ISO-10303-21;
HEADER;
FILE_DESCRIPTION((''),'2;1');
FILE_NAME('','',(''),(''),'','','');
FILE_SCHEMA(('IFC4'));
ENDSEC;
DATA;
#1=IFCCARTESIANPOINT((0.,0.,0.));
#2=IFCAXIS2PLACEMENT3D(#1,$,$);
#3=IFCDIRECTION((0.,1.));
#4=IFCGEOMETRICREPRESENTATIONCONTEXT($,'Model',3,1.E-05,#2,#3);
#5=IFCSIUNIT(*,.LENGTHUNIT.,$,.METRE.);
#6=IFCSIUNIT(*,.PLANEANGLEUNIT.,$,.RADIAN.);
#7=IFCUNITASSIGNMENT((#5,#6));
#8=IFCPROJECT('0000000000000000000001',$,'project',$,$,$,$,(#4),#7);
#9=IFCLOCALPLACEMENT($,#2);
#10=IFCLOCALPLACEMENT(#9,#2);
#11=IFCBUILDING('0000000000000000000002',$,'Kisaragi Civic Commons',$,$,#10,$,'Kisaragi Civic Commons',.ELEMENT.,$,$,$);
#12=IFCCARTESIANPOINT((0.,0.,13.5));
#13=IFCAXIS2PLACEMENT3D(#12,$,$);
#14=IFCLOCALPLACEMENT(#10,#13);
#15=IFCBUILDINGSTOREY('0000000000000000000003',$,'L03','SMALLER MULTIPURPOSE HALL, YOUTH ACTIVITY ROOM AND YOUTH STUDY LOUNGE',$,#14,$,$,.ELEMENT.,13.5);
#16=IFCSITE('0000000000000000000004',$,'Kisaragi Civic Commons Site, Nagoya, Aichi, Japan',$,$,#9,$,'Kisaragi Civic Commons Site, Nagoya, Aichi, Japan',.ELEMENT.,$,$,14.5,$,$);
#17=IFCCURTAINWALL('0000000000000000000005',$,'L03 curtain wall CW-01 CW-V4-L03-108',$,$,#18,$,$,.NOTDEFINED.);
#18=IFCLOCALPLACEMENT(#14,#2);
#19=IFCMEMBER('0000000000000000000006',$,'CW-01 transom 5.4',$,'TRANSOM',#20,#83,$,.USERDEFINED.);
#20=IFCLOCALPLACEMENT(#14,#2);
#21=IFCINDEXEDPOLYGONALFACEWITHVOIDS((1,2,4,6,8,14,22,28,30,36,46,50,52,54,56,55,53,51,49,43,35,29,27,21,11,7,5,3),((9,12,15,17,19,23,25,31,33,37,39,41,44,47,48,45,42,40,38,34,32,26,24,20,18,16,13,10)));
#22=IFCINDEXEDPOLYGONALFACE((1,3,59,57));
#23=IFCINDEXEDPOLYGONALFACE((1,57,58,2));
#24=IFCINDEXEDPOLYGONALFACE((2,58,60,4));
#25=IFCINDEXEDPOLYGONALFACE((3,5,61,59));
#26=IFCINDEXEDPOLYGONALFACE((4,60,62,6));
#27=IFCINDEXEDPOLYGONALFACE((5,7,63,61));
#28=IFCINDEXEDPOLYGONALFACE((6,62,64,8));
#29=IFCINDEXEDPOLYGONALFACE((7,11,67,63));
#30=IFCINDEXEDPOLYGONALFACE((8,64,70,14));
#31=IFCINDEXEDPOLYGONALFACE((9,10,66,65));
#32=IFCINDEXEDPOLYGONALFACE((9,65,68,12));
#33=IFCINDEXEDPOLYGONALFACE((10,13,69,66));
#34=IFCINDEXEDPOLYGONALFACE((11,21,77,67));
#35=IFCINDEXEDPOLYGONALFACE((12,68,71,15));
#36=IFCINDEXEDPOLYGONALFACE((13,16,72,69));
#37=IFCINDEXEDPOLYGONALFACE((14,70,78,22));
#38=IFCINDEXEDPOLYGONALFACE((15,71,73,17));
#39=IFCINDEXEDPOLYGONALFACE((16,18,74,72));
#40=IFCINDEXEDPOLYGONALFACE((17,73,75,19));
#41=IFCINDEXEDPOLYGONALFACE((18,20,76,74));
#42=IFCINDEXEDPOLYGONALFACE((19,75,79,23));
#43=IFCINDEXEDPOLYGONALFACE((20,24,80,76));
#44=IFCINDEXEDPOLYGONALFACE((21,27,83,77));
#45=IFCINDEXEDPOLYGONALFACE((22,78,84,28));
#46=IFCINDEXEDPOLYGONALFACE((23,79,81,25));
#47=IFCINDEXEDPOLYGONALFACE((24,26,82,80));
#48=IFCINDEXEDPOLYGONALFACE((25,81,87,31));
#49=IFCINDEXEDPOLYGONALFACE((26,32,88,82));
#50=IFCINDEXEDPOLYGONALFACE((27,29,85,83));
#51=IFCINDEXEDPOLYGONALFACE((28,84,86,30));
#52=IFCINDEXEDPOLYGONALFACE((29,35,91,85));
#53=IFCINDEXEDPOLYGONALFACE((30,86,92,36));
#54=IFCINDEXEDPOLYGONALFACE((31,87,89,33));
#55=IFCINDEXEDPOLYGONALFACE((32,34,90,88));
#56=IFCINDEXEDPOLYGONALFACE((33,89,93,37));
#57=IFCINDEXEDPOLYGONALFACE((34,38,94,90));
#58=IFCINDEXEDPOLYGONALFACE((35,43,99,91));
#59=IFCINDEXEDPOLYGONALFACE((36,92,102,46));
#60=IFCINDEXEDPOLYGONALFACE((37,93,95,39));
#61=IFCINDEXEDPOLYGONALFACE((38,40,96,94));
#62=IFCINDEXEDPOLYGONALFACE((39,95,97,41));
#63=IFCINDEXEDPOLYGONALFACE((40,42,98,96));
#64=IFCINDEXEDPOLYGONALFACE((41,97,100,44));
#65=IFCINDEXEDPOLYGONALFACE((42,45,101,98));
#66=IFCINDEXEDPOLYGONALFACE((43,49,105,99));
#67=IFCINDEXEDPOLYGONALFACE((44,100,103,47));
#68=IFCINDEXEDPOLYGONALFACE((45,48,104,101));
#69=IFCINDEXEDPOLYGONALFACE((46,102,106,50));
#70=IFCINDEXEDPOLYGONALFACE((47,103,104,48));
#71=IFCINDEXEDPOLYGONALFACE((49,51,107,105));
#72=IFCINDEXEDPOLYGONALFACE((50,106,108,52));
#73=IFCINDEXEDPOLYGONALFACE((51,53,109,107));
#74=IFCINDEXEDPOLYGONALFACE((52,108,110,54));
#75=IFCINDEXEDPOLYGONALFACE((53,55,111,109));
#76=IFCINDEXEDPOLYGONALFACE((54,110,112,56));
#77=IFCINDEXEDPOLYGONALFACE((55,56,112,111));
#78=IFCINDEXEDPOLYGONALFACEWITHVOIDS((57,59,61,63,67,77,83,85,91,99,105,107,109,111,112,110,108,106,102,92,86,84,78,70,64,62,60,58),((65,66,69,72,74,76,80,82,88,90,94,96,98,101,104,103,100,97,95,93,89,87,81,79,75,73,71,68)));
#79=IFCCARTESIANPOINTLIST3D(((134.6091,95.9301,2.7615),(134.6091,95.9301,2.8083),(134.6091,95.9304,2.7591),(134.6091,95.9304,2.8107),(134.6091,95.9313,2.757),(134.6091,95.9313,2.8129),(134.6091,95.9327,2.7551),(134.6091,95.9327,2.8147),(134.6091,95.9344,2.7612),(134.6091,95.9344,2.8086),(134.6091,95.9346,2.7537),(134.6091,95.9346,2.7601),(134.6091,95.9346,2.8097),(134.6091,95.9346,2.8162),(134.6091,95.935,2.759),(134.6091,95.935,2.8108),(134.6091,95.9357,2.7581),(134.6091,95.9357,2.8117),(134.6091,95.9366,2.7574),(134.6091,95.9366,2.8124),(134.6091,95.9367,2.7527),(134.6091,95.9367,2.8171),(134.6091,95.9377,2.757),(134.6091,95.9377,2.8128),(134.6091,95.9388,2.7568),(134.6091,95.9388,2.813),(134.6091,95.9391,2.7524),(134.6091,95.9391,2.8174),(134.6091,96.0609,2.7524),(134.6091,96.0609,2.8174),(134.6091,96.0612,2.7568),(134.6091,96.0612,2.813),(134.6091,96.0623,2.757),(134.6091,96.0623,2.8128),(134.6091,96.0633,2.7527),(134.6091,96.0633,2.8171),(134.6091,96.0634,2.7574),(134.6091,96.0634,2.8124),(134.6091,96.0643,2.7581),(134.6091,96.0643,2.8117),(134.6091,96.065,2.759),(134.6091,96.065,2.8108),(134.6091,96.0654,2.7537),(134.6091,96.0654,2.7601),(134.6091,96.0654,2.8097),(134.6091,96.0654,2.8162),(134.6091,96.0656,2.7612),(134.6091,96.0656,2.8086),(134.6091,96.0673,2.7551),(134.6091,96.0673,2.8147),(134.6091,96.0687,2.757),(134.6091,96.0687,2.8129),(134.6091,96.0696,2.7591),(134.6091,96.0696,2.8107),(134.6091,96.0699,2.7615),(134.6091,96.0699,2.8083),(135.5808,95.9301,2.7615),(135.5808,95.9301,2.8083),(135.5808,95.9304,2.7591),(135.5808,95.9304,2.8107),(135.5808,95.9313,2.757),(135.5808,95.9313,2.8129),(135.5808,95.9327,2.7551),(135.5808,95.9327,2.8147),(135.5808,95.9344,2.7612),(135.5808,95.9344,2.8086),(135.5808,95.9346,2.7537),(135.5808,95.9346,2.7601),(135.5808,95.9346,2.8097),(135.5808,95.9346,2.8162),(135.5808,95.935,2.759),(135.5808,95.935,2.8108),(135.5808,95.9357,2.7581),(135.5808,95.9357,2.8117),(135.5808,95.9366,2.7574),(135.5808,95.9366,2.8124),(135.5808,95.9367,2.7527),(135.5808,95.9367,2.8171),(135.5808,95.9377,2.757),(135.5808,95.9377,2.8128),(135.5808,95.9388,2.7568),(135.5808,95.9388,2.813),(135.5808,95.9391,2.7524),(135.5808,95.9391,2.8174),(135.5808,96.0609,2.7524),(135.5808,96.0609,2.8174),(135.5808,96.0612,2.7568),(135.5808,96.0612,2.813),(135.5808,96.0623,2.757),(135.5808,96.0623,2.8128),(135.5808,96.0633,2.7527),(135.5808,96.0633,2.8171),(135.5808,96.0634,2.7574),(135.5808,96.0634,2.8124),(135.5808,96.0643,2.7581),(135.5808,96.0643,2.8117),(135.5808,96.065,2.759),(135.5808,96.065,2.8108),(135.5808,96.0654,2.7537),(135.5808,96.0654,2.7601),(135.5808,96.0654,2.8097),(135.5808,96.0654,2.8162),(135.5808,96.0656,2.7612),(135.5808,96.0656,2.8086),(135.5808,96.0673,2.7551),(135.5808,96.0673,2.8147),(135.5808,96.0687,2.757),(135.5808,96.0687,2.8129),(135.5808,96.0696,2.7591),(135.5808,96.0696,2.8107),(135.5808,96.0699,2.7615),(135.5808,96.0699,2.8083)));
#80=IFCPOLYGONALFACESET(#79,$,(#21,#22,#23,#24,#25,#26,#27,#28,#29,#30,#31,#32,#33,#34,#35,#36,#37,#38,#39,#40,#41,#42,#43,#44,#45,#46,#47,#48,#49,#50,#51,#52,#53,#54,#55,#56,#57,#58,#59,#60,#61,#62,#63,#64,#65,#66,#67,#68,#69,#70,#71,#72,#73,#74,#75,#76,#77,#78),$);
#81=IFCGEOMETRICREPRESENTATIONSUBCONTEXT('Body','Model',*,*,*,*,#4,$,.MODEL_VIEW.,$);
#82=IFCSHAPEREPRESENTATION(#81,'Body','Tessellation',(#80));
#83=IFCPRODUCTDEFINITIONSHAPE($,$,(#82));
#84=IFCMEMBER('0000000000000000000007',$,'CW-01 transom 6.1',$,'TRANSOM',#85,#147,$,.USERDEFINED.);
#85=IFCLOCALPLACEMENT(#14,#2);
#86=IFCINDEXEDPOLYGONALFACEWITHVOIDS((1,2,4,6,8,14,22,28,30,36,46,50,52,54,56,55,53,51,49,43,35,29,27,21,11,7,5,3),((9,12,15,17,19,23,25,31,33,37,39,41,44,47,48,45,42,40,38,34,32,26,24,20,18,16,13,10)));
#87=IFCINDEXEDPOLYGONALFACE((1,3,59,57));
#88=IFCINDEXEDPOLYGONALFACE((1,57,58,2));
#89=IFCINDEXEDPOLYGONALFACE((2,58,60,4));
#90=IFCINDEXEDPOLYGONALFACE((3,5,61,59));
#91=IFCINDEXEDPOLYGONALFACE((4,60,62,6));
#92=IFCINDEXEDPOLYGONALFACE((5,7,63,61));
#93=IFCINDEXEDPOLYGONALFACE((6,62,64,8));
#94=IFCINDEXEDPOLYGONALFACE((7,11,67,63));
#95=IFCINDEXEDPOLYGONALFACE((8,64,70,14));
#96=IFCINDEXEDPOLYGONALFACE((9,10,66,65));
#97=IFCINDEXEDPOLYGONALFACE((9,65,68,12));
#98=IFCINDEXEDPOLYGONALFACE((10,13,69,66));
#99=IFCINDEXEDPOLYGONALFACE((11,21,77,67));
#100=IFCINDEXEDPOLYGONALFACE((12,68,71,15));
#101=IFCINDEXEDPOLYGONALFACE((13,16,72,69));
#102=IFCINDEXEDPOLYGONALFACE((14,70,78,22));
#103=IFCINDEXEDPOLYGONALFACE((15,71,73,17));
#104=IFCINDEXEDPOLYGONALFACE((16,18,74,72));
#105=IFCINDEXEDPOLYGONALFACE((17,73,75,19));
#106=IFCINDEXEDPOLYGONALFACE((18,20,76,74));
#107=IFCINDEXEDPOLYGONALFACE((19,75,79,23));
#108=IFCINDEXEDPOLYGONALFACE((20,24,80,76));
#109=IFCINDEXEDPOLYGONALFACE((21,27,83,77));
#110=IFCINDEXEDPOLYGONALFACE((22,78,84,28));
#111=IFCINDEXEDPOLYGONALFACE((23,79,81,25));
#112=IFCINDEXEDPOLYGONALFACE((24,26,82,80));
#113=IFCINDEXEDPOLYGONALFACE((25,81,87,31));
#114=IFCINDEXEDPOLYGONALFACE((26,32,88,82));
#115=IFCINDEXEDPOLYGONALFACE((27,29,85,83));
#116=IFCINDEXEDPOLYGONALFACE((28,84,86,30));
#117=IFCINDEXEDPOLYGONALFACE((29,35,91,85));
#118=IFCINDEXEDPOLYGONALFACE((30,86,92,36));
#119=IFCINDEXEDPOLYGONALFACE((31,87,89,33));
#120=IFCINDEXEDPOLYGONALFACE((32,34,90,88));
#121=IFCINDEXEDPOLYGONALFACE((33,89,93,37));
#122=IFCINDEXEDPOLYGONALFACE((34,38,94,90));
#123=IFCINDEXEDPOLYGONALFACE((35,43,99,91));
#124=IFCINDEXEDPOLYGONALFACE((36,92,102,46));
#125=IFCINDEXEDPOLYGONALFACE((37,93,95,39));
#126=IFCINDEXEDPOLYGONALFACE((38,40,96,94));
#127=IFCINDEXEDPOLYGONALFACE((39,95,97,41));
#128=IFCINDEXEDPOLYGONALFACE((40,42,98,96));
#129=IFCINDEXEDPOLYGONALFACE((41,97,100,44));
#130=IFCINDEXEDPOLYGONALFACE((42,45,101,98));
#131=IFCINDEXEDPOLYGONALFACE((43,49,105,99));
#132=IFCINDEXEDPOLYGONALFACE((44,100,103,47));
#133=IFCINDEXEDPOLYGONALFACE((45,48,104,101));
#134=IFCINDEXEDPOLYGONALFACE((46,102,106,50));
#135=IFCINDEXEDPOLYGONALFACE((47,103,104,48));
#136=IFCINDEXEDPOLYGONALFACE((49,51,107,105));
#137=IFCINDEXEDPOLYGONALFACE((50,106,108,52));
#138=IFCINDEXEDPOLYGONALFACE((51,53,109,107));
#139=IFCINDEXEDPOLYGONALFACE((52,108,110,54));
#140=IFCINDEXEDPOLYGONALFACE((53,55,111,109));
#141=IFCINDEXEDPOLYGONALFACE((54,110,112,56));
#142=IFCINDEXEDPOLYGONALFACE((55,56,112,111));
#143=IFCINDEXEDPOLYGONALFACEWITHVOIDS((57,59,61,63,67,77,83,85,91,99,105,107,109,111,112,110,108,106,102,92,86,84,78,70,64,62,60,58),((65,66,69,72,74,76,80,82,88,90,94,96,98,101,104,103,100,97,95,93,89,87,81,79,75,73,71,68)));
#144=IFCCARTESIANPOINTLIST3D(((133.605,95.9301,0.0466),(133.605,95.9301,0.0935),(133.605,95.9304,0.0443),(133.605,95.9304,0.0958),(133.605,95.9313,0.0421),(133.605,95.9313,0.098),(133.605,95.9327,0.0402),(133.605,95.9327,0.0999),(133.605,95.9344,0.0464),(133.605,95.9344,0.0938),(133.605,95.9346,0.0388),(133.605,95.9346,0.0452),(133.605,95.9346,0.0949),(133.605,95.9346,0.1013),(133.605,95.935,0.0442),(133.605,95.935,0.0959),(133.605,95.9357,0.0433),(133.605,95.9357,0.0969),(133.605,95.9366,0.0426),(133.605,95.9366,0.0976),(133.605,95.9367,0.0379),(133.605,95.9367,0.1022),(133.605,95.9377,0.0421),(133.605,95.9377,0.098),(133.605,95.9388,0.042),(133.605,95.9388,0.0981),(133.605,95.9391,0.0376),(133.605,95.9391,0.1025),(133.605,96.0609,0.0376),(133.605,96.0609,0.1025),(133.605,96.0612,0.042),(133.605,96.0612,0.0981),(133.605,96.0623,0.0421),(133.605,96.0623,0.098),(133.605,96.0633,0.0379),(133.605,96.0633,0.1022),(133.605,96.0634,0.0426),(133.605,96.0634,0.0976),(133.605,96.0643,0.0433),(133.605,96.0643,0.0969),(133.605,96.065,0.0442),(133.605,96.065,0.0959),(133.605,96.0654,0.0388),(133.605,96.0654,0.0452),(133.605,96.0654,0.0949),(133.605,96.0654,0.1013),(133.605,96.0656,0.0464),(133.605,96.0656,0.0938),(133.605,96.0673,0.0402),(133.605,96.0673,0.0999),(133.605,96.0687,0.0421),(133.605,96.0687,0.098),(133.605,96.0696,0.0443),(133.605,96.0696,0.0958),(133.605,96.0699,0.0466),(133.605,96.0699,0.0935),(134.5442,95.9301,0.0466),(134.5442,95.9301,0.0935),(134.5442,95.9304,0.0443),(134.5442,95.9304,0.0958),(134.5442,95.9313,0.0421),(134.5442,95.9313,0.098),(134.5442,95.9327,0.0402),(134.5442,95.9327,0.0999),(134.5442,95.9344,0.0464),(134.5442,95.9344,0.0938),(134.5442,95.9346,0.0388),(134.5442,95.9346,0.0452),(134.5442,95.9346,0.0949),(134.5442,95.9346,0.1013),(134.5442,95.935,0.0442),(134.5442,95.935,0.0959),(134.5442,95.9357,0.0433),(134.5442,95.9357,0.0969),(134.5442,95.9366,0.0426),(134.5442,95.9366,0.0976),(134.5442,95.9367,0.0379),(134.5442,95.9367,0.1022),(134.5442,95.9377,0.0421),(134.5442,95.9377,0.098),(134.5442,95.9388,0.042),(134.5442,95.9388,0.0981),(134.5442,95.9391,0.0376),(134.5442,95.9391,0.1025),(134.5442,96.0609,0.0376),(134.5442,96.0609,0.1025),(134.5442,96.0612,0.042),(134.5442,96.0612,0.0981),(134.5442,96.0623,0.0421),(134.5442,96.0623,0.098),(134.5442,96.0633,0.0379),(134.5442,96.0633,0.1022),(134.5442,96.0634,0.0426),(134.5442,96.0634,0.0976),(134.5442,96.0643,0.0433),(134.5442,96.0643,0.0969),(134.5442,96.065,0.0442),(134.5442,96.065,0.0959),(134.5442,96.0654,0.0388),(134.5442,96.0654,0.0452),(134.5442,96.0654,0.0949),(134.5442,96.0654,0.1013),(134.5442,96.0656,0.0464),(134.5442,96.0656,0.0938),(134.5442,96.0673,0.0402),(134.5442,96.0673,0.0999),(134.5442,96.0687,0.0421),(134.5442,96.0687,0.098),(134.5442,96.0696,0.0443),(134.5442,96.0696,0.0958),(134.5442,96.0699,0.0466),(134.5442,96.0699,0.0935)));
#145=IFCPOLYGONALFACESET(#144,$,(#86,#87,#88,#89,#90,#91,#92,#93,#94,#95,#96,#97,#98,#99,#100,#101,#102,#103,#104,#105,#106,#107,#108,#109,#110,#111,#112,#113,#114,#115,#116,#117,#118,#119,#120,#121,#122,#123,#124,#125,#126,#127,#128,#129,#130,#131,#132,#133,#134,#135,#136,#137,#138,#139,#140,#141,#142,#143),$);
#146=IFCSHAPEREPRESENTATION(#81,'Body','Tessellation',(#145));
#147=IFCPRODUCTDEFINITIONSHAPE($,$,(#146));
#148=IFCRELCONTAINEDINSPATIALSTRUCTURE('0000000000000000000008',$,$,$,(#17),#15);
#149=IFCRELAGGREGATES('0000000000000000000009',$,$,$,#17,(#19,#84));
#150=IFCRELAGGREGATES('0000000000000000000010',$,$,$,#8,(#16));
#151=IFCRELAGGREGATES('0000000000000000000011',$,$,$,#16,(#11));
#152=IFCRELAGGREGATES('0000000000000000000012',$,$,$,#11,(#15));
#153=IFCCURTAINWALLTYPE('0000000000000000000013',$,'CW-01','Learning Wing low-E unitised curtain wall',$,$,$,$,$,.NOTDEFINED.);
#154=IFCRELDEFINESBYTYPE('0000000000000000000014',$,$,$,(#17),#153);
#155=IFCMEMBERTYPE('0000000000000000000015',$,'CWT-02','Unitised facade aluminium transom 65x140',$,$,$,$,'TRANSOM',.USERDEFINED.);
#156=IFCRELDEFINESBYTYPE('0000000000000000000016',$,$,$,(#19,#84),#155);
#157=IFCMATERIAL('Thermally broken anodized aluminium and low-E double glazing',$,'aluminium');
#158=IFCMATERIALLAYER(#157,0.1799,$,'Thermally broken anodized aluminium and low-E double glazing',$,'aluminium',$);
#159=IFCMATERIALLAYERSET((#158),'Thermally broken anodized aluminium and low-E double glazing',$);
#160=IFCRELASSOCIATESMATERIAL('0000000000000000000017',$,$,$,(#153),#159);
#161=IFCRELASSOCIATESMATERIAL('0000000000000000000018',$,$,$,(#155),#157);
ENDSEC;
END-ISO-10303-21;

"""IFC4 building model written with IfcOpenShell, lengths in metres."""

from ifc_helpers import new_model, si_unit, direction, frame, origin, origin_2d, place, context, subcontext, project, spatial, hollow_rectangle, extrude, material, layer, layer_set, material_profile, profile_set, type_object, element, aggregate, save


model = new_model("IFC4")

# Units and contexts
model_context = context("Model", 3, precision=1e-05, world=origin(), true_north=direction((0.0, 1.0)))
body_context = subcontext(model_context, "Body", "Model", "MODEL_VIEW")
ifc_project = project(units=[si_unit("LENGTHUNIT", "METRE"), si_unit("PLANEANGLEUNIT", "RADIAN")], contexts=[model_context])

# Site, building, storey
site_placement = place(None, origin())
site = spatial("IfcSite", under=ifc_project, at=site_placement, Name="Kisaragi Civic Commons Site, Nagoya, Aichi, Japan", LongName="Kisaragi Civic Commons Site, Nagoya, Aichi, Japan", CompositionType="ELEMENT", RefElevation=14.5)
building_placement = place(site_placement, origin())
building = spatial("IfcBuilding", under=site, at=building_placement, Name="Kisaragi Civic Commons", LongName="Kisaragi Civic Commons", CompositionType="ELEMENT")
storey_placement = place(building_placement, frame((0.0, 0.0, 13.5)))
storey = spatial("IfcBuildingStorey", under=building, at=storey_placement, Name="L03", Description="SMALLER MULTIPURPOSE HALL, YOUTH ACTIVITY ROOM AND YOUTH STUDY LOUNGE", CompositionType="ELEMENT", Elevation=13.5)

# Curtain wall, members
ifc_material = material(Name="Thermally broken anodized aluminium and low-E double glazing", Category="aluminium")
ifc_layer_1 = layer(ifc_material, 0.1799, Name="Thermally broken anodized aluminium and low-E double glazing", Category="aluminium")
ifc_layer_set_1 = layer_set([ifc_layer_1], Name="Thermally broken anodized aluminium and low-E double glazing")
curtain_wall_type = type_object("IfcCurtainWallType", Name="CW-01", Description="Learning Wing low-E unitised curtain wall", PredefinedType="NOTDEFINED", material=ifc_layer_set_1)
curtain_wall_placement = place(storey_placement, origin())
curtain_wall = element("IfcCurtainWall", 1, at=curtain_wall_placement, inside=storey, type_object=curtain_wall_type, Name="L03 curtain wall CW-01 CW-V4-L03-108", PredefinedType="NOTDEFINED")
ifc_material_profile_1 = material_profile(ifc_material, hollow_rectangle(XDim=0.1399, YDim=0.0649, WallThickness=0.0044, InnerFilletRadius=0.0044, OuterFilletRadius=0.009, at=origin_2d()), Name="CWT-65x140x4.5", Category="aluminium")
ifc_profile_set_1 = profile_set([ifc_material_profile_1], Name="Thermally broken anodized aluminium and low-E double glazing")
member_type_1 = type_object("IfcMemberType", Name="CWT-02", Description="Unitised facade aluminium transom 65x140", ElementType="TRANSOM", PredefinedType="USERDEFINED", material=ifc_profile_set_1)
member_1_placement = place(storey_placement, frame((135.5808, 96.0, 2.7849), z_axis=(-1.0, 0.0, 0.0), x_axis=(0.0, -1.0, 0.0)))
member_1 = element("IfcMember", 2, at=member_1_placement, type_object=member_type_1, Name="CW-01 transom 5.4", ObjectType="TRANSOM", PredefinedType="USERDEFINED", context=body_context, shape_type="SweptSolid", body=[
    extrude(hollow_rectangle(XDim=0.1399, YDim=0.0649, WallThickness=0.0044, InnerFilletRadius=0.0044, OuterFilletRadius=0.009, at=origin_2d()), origin(), (0.0, 0.0, 1.0), 0.9717),
])
member_2_placement = place(storey_placement, frame((134.5442, 96.0, 0.0701), z_axis=(-1.0, 0.0, 0.0), x_axis=(0.0, -1.0, 0.0)))
member_2 = element("IfcMember", 3, at=member_2_placement, type_object=member_type_1, Name="CW-01 transom 6.1", ObjectType="TRANSOM", PredefinedType="USERDEFINED", context=body_context, shape_type="SweptSolid", body=[
    extrude(hollow_rectangle(XDim=0.1399, YDim=0.0649, WallThickness=0.0044, InnerFilletRadius=0.0044, OuterFilletRadius=0.009, at=origin_2d()), origin(), (0.0, 0.0, 1.0), 0.9392),
])
aggregate(curtain_wall, [member_1, member_2])

save(model, "model.ifc")
